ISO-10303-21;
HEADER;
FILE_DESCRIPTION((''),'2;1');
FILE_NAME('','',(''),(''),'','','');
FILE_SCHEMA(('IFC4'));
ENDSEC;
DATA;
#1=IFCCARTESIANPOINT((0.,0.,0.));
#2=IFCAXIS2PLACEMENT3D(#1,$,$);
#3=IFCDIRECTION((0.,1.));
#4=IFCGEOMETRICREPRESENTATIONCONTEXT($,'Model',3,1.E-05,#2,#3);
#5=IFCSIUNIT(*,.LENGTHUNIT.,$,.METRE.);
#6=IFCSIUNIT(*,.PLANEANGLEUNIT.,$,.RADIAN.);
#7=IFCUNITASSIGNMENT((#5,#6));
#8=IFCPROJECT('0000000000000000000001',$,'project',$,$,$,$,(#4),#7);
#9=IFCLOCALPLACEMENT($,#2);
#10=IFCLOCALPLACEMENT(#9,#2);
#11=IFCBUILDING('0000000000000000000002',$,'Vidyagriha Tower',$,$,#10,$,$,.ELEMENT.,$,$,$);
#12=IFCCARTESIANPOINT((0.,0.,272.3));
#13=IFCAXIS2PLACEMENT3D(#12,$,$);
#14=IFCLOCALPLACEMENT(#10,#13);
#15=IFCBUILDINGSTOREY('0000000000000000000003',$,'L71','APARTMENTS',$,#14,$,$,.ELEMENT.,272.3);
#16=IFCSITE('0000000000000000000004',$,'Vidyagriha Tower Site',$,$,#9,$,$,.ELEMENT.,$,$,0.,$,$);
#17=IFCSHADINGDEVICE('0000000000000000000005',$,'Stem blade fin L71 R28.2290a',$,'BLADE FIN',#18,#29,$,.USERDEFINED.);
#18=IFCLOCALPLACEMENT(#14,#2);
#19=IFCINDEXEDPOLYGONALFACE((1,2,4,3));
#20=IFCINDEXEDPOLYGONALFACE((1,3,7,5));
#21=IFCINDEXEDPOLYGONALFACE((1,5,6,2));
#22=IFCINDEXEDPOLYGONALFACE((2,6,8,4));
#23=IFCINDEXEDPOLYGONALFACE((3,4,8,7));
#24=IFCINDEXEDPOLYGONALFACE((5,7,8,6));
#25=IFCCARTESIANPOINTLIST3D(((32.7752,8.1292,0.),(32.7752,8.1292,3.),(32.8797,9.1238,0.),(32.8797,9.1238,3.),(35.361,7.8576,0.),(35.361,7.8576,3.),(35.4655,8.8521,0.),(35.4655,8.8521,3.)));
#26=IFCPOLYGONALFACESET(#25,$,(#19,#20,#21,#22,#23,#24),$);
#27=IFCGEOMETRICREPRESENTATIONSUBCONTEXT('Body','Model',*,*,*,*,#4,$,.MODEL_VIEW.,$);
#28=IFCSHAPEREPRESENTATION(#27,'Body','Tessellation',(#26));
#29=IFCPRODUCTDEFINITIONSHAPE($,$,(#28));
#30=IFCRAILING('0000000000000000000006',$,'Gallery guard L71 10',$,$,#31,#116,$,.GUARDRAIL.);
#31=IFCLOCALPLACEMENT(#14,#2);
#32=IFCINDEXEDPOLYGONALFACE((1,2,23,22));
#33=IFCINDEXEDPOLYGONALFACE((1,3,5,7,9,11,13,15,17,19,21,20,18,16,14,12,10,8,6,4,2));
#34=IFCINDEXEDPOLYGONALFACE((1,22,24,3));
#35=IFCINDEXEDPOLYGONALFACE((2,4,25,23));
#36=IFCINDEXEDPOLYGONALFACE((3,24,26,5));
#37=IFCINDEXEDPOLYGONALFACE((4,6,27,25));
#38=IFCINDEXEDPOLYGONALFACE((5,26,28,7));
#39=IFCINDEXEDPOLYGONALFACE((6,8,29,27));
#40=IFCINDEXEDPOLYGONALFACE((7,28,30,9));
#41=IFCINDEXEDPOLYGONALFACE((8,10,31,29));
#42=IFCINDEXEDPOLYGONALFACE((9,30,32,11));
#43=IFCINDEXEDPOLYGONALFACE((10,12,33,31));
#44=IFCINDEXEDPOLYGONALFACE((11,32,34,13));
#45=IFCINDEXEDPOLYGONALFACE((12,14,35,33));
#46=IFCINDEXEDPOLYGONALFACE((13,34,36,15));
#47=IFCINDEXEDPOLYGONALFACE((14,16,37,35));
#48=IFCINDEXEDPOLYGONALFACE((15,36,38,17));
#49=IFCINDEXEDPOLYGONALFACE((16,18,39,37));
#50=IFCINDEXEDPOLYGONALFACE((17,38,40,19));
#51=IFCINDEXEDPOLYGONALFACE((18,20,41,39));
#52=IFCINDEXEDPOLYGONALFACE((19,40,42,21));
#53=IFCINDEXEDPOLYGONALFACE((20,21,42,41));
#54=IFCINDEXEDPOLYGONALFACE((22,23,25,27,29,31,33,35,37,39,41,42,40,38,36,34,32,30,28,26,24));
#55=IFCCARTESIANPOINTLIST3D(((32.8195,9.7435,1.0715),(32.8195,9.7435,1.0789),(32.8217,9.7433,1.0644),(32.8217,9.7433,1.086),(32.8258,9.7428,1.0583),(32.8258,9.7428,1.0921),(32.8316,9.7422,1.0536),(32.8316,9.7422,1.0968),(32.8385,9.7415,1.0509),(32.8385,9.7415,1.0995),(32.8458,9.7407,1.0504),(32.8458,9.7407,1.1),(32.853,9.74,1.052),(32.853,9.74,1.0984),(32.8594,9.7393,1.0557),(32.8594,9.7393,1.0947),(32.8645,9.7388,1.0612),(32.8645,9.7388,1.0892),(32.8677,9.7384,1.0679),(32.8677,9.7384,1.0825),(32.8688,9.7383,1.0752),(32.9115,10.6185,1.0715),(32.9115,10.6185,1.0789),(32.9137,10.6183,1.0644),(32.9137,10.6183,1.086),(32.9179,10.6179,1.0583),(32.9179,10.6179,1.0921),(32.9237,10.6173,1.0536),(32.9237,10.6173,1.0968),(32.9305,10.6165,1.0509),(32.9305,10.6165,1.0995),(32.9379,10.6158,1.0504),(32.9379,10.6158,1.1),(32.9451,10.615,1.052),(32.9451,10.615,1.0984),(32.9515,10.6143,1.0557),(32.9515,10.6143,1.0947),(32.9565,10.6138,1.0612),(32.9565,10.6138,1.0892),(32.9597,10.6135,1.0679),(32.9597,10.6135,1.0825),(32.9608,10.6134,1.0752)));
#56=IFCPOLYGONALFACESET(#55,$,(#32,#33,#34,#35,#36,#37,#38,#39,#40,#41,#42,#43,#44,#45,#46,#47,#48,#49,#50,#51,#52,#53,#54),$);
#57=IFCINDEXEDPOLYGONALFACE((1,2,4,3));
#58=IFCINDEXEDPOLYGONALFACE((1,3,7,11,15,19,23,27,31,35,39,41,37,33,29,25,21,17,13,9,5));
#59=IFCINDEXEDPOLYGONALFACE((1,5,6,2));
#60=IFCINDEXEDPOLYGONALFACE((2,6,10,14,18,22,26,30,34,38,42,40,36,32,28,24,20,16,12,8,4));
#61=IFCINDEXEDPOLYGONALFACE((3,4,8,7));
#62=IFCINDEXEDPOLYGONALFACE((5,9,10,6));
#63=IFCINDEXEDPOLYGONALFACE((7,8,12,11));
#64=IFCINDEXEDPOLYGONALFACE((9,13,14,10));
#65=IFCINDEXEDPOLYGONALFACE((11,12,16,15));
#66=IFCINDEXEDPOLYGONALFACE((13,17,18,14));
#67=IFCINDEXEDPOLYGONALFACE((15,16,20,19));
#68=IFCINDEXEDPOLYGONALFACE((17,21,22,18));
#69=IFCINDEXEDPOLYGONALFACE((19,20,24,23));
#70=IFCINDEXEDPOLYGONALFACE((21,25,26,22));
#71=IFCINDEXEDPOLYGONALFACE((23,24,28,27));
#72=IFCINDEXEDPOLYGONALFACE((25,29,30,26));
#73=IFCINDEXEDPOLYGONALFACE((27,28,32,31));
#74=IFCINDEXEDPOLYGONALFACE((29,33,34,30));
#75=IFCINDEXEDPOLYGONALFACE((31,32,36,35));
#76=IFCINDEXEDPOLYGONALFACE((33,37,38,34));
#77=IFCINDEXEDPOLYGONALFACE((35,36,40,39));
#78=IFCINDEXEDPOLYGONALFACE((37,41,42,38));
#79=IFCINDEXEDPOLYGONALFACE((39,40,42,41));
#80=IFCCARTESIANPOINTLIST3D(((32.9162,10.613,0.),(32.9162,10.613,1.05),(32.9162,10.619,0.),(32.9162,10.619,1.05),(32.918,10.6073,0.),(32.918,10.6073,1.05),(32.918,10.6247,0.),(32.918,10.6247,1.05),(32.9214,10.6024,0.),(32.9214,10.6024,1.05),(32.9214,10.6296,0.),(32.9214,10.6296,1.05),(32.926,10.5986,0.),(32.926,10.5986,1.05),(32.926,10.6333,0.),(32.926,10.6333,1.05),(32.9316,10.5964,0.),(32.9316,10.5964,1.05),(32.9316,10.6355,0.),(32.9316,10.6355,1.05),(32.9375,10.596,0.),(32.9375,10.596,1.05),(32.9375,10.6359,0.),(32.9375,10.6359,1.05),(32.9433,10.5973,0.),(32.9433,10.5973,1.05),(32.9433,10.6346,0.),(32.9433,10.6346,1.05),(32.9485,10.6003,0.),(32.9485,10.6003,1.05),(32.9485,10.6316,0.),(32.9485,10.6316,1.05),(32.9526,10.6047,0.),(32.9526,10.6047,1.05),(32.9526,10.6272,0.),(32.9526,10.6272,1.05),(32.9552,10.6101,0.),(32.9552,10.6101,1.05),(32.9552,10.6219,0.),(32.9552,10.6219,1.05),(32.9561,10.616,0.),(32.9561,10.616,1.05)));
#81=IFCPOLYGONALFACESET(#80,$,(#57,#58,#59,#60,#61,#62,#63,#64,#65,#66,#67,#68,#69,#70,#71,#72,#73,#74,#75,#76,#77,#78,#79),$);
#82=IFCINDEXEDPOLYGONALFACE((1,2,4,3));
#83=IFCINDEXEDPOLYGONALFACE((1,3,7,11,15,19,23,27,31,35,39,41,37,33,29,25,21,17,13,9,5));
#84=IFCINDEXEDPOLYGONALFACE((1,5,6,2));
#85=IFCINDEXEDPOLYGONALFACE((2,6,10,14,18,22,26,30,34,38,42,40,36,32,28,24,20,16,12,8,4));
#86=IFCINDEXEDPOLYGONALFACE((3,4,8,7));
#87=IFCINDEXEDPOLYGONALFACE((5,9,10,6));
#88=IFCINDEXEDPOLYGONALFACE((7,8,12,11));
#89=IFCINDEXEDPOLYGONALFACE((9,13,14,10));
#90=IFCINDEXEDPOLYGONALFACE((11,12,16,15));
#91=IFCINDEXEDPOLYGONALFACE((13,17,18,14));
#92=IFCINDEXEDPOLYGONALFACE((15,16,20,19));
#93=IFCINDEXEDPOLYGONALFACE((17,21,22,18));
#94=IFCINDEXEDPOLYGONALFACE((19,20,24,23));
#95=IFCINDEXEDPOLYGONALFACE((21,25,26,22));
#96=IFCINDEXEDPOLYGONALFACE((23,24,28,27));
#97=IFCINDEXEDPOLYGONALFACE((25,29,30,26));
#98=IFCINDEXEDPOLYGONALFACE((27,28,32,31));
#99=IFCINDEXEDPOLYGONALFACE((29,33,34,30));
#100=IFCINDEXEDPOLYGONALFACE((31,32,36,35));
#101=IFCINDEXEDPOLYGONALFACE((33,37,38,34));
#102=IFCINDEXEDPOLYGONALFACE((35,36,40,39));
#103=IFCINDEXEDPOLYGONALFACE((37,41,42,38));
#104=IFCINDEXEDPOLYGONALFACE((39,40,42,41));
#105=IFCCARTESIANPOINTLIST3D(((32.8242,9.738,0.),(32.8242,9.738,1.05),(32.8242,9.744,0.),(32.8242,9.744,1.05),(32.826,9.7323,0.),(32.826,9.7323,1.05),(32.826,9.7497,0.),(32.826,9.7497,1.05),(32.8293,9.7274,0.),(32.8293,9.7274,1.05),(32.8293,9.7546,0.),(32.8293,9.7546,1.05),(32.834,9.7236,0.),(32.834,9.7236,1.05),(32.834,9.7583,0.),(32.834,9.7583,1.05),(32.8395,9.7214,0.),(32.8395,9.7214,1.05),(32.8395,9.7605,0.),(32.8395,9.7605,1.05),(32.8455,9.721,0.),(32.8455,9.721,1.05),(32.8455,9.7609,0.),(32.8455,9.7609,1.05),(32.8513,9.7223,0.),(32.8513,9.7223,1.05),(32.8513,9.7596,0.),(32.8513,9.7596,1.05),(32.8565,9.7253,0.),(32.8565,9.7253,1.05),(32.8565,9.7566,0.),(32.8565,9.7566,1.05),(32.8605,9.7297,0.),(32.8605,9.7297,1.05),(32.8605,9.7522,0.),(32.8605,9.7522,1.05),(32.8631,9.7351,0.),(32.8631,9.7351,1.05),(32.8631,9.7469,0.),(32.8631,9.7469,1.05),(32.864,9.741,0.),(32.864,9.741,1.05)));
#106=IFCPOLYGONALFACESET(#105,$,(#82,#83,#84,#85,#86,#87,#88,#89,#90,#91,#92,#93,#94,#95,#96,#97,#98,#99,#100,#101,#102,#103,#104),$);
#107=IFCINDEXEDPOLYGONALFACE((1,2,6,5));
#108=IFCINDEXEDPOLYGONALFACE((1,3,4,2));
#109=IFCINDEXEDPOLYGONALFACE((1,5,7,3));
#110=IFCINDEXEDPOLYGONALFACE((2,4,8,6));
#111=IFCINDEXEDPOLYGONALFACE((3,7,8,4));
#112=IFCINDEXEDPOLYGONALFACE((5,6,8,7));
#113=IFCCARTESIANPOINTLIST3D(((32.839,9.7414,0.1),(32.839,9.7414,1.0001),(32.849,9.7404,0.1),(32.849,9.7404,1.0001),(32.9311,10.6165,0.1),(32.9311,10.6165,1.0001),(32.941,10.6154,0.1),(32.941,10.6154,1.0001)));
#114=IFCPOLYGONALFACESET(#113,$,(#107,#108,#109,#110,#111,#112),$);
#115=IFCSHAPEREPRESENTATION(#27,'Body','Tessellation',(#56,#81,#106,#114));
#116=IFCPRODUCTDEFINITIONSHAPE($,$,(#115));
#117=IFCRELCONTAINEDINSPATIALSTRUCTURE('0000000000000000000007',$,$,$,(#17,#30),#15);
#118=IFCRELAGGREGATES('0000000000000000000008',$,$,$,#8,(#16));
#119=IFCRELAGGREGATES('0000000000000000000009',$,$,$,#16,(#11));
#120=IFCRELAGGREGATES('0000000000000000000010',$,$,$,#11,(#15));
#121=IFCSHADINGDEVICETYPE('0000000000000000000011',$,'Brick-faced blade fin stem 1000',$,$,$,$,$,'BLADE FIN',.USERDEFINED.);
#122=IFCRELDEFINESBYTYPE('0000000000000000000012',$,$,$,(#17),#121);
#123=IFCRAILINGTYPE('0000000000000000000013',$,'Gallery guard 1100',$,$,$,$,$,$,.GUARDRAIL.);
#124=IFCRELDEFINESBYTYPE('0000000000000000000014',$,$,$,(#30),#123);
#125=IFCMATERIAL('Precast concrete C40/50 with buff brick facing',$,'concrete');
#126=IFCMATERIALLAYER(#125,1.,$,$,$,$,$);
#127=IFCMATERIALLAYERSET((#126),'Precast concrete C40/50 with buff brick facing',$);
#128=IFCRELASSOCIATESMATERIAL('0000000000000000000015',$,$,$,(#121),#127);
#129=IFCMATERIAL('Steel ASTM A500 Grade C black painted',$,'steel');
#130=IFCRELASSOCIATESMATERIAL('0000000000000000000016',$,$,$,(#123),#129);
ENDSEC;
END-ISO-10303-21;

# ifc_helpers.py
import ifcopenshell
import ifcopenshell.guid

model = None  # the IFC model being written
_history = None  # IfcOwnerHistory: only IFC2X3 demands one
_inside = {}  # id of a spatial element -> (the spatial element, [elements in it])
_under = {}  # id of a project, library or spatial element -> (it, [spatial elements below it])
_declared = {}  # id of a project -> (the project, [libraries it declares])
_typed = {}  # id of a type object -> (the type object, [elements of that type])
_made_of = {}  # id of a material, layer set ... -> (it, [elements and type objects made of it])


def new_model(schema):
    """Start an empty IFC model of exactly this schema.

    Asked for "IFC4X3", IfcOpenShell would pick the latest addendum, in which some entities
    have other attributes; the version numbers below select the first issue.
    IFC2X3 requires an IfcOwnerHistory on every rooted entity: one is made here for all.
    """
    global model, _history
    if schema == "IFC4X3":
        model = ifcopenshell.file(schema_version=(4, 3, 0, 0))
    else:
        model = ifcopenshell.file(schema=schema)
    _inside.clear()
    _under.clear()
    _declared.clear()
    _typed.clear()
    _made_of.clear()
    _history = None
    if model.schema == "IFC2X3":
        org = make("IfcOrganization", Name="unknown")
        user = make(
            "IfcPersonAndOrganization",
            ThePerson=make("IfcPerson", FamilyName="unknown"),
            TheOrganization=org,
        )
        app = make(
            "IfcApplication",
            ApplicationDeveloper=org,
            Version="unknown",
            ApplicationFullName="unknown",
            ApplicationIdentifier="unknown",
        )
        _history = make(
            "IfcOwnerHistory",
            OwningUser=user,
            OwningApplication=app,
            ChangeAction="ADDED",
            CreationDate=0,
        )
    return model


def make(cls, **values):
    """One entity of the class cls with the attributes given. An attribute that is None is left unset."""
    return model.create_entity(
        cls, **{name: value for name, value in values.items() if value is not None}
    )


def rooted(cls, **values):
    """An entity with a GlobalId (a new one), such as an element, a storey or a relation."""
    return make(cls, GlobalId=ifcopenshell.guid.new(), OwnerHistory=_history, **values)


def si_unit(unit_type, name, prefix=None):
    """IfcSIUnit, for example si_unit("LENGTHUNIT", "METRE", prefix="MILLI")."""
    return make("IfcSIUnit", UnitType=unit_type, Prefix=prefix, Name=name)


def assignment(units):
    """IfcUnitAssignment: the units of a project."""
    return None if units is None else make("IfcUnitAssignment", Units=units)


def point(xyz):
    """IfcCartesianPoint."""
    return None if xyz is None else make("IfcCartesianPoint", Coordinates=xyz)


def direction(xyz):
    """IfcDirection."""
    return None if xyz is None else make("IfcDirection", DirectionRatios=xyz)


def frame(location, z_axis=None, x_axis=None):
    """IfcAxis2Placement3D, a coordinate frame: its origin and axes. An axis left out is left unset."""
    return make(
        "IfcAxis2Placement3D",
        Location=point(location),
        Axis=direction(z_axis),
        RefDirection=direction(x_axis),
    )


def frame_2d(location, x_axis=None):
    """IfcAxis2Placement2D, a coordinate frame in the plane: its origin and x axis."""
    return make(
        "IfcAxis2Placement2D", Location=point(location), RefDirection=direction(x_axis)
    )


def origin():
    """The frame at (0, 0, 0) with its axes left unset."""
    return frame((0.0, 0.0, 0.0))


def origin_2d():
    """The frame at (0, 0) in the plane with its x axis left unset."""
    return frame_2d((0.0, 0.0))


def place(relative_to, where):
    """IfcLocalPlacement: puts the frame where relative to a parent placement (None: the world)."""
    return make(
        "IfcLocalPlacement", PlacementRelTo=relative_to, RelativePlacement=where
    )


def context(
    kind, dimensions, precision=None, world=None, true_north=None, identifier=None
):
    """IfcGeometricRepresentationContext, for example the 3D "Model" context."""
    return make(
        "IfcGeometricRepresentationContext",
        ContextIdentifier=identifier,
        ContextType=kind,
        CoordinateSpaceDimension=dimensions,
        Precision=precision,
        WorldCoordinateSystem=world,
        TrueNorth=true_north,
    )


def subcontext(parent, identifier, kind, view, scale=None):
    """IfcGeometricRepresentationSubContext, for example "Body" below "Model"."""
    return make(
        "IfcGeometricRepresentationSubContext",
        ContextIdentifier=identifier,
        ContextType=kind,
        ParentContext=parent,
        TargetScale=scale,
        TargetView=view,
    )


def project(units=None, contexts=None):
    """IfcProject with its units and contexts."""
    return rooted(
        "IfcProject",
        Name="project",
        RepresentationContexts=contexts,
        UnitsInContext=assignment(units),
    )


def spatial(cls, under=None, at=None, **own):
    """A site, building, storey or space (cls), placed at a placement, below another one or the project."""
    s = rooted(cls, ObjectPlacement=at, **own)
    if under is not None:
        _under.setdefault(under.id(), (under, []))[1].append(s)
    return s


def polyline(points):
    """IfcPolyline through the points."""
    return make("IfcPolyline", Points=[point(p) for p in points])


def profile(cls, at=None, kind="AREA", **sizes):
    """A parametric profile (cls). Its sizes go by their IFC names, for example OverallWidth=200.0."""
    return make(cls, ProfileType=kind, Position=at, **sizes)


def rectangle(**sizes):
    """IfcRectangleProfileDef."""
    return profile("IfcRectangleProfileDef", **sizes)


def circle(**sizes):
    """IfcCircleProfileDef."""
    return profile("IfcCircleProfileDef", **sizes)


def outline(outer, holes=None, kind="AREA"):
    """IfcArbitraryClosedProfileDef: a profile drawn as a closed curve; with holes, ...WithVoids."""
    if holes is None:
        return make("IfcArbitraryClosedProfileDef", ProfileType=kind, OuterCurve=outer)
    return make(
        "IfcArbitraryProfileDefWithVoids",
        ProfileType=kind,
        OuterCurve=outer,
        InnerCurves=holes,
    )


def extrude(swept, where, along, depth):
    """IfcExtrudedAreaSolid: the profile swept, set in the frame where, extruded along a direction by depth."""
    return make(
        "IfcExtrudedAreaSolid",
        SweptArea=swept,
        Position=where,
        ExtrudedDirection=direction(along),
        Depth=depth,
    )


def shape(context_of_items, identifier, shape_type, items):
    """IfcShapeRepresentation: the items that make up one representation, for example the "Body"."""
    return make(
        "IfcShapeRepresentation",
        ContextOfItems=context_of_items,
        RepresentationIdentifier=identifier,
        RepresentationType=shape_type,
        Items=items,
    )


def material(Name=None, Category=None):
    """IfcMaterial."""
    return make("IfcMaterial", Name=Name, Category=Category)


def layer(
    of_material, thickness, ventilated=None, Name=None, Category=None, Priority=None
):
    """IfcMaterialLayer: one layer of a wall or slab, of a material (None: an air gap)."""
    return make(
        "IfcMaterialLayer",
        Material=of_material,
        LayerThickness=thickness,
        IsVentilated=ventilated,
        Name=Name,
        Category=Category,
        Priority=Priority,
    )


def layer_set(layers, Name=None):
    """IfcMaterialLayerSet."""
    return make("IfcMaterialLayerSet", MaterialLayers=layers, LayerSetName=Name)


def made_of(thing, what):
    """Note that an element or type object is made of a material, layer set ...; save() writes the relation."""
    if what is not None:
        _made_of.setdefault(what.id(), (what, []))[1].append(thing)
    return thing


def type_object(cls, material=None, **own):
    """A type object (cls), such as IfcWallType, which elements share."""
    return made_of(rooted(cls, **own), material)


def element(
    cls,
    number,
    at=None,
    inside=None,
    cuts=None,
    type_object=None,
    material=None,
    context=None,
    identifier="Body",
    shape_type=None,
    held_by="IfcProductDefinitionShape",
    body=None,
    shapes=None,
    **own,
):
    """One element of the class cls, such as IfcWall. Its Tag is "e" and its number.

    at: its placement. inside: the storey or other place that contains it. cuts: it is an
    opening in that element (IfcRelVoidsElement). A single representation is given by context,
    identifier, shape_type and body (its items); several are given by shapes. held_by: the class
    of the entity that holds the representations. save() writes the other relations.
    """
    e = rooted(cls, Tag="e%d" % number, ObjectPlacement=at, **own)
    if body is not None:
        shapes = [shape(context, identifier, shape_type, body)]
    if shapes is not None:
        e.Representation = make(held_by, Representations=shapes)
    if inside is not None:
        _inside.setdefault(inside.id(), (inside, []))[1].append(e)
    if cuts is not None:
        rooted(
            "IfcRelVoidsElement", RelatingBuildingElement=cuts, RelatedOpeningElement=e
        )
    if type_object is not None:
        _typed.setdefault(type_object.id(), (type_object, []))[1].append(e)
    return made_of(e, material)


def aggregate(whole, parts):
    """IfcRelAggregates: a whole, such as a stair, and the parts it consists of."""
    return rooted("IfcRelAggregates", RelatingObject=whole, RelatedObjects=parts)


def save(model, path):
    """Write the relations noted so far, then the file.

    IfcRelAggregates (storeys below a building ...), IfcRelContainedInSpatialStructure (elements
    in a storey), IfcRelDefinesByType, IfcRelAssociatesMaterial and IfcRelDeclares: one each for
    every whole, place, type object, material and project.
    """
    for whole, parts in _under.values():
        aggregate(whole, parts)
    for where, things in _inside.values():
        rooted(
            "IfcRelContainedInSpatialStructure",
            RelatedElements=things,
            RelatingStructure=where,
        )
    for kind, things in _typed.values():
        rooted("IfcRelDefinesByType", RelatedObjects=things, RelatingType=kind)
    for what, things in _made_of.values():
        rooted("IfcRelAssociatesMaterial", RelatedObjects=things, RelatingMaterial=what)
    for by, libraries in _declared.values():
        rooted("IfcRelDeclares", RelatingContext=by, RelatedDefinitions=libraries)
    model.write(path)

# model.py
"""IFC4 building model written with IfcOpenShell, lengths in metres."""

from ifc_helpers import new_model, si_unit, direction, frame, origin, origin_2d, place, context, subcontext, project, spatial, polyline, rectangle, circle, outline, extrude, material, layer, layer_set, type_object, element, save


model = new_model("IFC4")

# Units and contexts
model_context = context("Model", 3, precision=1e-05, world=origin(), true_north=direction((0.0, 1.0)))
body_context = subcontext(model_context, "Body", "Model", "MODEL_VIEW")
ifc_project = project(units=[si_unit("LENGTHUNIT", "METRE"), si_unit("PLANEANGLEUNIT", "RADIAN")], contexts=[model_context])

# Site, building, storey
site_placement = place(None, origin())
site = spatial("IfcSite", under=ifc_project, at=site_placement, Name="Vidyagriha Tower Site", CompositionType="ELEMENT", RefElevation=0.0)
building_placement = place(site_placement, origin())
building = spatial("IfcBuilding", under=site, at=building_placement, Name="Vidyagriha Tower", CompositionType="ELEMENT")
storey_placement = place(building_placement, frame((0.0, 0.0, 272.3)))
storey = spatial("IfcBuildingStorey", under=building, at=storey_placement, Name="L71", Description="APARTMENTS", CompositionType="ELEMENT", Elevation=272.3)

# Shading device
ifc_material_1 = material(Name="Precast concrete C40/50 with buff brick facing", Category="concrete")
ifc_layer_1 = layer(ifc_material_1, 1.0)
ifc_layer_set_1 = layer_set([ifc_layer_1], Name="Precast concrete C40/50 with buff brick facing")
shading_device_type_1 = type_object("IfcShadingDeviceType", Name="Brick-faced blade fin stem 1000", ElementType="BLADE FIN", PredefinedType="USERDEFINED", material=ifc_layer_set_1)
shading_device_1_placement = place(storey_placement, frame((34.0681, 7.9934, 0.0), z_axis=(0.0, 0.0, 1.0), x_axis=(0.104481, 0.994527, 0.0)))
element("IfcShadingDevice", 1, at=shading_device_1_placement, inside=storey, type_object=shading_device_type_1, Name="Stem blade fin L71 R28.2290a", ObjectType="BLADE FIN", PredefinedType="USERDEFINED", context=body_context, shape_type="SweptSolid", body=[
    extrude(outline(polyline([(0.0, 0.0), (1.0, 0.0), (1.0, 3.0), (0.0, 3.0), (0.0, 0.0)])), frame((0.0, 1.3, 0.0), z_axis=(0.0, -1.0, 0.0), x_axis=(1.0, 0.0, 0.0)), (0.0, 0.0, 1.0), 2.6001),
])

# Railing
ifc_material_2 = material(Name="Steel ASTM A500 Grade C black painted", Category="steel")
railing_type_1 = type_object("IfcRailingType", Name="Gallery guard 1100", PredefinedType="GUARDRAIL", material=ifc_material_2)
railing_1_placement = place(storey_placement, frame((32.936, 10.616, 0.0)))
element("IfcRailing", 2, at=railing_1_placement, inside=storey, type_object=railing_type_1, Name="Gallery guard L71 10", PredefinedType="GUARDRAIL", context=body_context, shape_type="SweptSolid", body=[
    extrude(circle(Radius=0.0249, at=origin_2d()), frame((0.0, 0.0, 1.0752), z_axis=(-0.104613, -0.994513, 0.0), x_axis=(0.994513, -0.104613, 0.0)), (0.0, 0.0, 1.0), 0.8799),
    extrude(circle(Radius=0.02, at=origin_2d()), origin(), (0.0, 0.0, 1.0), 1.05),
    extrude(circle(Radius=0.02, at=origin_2d()), frame((-0.092, -0.875, 0.0)), (0.0, 0.0, 1.0), 1.05),
    extrude(rectangle(XDim=0.01, YDim=0.9001, at=origin_2d()), frame((0.0, 0.0, 0.55), z_axis=(-0.104613, -0.994513, 0.0), x_axis=(0.994513, -0.104613, 0.0)), (0.0, 0.0, 1.0), 0.8799),
])

save(model, "model.ifc")
